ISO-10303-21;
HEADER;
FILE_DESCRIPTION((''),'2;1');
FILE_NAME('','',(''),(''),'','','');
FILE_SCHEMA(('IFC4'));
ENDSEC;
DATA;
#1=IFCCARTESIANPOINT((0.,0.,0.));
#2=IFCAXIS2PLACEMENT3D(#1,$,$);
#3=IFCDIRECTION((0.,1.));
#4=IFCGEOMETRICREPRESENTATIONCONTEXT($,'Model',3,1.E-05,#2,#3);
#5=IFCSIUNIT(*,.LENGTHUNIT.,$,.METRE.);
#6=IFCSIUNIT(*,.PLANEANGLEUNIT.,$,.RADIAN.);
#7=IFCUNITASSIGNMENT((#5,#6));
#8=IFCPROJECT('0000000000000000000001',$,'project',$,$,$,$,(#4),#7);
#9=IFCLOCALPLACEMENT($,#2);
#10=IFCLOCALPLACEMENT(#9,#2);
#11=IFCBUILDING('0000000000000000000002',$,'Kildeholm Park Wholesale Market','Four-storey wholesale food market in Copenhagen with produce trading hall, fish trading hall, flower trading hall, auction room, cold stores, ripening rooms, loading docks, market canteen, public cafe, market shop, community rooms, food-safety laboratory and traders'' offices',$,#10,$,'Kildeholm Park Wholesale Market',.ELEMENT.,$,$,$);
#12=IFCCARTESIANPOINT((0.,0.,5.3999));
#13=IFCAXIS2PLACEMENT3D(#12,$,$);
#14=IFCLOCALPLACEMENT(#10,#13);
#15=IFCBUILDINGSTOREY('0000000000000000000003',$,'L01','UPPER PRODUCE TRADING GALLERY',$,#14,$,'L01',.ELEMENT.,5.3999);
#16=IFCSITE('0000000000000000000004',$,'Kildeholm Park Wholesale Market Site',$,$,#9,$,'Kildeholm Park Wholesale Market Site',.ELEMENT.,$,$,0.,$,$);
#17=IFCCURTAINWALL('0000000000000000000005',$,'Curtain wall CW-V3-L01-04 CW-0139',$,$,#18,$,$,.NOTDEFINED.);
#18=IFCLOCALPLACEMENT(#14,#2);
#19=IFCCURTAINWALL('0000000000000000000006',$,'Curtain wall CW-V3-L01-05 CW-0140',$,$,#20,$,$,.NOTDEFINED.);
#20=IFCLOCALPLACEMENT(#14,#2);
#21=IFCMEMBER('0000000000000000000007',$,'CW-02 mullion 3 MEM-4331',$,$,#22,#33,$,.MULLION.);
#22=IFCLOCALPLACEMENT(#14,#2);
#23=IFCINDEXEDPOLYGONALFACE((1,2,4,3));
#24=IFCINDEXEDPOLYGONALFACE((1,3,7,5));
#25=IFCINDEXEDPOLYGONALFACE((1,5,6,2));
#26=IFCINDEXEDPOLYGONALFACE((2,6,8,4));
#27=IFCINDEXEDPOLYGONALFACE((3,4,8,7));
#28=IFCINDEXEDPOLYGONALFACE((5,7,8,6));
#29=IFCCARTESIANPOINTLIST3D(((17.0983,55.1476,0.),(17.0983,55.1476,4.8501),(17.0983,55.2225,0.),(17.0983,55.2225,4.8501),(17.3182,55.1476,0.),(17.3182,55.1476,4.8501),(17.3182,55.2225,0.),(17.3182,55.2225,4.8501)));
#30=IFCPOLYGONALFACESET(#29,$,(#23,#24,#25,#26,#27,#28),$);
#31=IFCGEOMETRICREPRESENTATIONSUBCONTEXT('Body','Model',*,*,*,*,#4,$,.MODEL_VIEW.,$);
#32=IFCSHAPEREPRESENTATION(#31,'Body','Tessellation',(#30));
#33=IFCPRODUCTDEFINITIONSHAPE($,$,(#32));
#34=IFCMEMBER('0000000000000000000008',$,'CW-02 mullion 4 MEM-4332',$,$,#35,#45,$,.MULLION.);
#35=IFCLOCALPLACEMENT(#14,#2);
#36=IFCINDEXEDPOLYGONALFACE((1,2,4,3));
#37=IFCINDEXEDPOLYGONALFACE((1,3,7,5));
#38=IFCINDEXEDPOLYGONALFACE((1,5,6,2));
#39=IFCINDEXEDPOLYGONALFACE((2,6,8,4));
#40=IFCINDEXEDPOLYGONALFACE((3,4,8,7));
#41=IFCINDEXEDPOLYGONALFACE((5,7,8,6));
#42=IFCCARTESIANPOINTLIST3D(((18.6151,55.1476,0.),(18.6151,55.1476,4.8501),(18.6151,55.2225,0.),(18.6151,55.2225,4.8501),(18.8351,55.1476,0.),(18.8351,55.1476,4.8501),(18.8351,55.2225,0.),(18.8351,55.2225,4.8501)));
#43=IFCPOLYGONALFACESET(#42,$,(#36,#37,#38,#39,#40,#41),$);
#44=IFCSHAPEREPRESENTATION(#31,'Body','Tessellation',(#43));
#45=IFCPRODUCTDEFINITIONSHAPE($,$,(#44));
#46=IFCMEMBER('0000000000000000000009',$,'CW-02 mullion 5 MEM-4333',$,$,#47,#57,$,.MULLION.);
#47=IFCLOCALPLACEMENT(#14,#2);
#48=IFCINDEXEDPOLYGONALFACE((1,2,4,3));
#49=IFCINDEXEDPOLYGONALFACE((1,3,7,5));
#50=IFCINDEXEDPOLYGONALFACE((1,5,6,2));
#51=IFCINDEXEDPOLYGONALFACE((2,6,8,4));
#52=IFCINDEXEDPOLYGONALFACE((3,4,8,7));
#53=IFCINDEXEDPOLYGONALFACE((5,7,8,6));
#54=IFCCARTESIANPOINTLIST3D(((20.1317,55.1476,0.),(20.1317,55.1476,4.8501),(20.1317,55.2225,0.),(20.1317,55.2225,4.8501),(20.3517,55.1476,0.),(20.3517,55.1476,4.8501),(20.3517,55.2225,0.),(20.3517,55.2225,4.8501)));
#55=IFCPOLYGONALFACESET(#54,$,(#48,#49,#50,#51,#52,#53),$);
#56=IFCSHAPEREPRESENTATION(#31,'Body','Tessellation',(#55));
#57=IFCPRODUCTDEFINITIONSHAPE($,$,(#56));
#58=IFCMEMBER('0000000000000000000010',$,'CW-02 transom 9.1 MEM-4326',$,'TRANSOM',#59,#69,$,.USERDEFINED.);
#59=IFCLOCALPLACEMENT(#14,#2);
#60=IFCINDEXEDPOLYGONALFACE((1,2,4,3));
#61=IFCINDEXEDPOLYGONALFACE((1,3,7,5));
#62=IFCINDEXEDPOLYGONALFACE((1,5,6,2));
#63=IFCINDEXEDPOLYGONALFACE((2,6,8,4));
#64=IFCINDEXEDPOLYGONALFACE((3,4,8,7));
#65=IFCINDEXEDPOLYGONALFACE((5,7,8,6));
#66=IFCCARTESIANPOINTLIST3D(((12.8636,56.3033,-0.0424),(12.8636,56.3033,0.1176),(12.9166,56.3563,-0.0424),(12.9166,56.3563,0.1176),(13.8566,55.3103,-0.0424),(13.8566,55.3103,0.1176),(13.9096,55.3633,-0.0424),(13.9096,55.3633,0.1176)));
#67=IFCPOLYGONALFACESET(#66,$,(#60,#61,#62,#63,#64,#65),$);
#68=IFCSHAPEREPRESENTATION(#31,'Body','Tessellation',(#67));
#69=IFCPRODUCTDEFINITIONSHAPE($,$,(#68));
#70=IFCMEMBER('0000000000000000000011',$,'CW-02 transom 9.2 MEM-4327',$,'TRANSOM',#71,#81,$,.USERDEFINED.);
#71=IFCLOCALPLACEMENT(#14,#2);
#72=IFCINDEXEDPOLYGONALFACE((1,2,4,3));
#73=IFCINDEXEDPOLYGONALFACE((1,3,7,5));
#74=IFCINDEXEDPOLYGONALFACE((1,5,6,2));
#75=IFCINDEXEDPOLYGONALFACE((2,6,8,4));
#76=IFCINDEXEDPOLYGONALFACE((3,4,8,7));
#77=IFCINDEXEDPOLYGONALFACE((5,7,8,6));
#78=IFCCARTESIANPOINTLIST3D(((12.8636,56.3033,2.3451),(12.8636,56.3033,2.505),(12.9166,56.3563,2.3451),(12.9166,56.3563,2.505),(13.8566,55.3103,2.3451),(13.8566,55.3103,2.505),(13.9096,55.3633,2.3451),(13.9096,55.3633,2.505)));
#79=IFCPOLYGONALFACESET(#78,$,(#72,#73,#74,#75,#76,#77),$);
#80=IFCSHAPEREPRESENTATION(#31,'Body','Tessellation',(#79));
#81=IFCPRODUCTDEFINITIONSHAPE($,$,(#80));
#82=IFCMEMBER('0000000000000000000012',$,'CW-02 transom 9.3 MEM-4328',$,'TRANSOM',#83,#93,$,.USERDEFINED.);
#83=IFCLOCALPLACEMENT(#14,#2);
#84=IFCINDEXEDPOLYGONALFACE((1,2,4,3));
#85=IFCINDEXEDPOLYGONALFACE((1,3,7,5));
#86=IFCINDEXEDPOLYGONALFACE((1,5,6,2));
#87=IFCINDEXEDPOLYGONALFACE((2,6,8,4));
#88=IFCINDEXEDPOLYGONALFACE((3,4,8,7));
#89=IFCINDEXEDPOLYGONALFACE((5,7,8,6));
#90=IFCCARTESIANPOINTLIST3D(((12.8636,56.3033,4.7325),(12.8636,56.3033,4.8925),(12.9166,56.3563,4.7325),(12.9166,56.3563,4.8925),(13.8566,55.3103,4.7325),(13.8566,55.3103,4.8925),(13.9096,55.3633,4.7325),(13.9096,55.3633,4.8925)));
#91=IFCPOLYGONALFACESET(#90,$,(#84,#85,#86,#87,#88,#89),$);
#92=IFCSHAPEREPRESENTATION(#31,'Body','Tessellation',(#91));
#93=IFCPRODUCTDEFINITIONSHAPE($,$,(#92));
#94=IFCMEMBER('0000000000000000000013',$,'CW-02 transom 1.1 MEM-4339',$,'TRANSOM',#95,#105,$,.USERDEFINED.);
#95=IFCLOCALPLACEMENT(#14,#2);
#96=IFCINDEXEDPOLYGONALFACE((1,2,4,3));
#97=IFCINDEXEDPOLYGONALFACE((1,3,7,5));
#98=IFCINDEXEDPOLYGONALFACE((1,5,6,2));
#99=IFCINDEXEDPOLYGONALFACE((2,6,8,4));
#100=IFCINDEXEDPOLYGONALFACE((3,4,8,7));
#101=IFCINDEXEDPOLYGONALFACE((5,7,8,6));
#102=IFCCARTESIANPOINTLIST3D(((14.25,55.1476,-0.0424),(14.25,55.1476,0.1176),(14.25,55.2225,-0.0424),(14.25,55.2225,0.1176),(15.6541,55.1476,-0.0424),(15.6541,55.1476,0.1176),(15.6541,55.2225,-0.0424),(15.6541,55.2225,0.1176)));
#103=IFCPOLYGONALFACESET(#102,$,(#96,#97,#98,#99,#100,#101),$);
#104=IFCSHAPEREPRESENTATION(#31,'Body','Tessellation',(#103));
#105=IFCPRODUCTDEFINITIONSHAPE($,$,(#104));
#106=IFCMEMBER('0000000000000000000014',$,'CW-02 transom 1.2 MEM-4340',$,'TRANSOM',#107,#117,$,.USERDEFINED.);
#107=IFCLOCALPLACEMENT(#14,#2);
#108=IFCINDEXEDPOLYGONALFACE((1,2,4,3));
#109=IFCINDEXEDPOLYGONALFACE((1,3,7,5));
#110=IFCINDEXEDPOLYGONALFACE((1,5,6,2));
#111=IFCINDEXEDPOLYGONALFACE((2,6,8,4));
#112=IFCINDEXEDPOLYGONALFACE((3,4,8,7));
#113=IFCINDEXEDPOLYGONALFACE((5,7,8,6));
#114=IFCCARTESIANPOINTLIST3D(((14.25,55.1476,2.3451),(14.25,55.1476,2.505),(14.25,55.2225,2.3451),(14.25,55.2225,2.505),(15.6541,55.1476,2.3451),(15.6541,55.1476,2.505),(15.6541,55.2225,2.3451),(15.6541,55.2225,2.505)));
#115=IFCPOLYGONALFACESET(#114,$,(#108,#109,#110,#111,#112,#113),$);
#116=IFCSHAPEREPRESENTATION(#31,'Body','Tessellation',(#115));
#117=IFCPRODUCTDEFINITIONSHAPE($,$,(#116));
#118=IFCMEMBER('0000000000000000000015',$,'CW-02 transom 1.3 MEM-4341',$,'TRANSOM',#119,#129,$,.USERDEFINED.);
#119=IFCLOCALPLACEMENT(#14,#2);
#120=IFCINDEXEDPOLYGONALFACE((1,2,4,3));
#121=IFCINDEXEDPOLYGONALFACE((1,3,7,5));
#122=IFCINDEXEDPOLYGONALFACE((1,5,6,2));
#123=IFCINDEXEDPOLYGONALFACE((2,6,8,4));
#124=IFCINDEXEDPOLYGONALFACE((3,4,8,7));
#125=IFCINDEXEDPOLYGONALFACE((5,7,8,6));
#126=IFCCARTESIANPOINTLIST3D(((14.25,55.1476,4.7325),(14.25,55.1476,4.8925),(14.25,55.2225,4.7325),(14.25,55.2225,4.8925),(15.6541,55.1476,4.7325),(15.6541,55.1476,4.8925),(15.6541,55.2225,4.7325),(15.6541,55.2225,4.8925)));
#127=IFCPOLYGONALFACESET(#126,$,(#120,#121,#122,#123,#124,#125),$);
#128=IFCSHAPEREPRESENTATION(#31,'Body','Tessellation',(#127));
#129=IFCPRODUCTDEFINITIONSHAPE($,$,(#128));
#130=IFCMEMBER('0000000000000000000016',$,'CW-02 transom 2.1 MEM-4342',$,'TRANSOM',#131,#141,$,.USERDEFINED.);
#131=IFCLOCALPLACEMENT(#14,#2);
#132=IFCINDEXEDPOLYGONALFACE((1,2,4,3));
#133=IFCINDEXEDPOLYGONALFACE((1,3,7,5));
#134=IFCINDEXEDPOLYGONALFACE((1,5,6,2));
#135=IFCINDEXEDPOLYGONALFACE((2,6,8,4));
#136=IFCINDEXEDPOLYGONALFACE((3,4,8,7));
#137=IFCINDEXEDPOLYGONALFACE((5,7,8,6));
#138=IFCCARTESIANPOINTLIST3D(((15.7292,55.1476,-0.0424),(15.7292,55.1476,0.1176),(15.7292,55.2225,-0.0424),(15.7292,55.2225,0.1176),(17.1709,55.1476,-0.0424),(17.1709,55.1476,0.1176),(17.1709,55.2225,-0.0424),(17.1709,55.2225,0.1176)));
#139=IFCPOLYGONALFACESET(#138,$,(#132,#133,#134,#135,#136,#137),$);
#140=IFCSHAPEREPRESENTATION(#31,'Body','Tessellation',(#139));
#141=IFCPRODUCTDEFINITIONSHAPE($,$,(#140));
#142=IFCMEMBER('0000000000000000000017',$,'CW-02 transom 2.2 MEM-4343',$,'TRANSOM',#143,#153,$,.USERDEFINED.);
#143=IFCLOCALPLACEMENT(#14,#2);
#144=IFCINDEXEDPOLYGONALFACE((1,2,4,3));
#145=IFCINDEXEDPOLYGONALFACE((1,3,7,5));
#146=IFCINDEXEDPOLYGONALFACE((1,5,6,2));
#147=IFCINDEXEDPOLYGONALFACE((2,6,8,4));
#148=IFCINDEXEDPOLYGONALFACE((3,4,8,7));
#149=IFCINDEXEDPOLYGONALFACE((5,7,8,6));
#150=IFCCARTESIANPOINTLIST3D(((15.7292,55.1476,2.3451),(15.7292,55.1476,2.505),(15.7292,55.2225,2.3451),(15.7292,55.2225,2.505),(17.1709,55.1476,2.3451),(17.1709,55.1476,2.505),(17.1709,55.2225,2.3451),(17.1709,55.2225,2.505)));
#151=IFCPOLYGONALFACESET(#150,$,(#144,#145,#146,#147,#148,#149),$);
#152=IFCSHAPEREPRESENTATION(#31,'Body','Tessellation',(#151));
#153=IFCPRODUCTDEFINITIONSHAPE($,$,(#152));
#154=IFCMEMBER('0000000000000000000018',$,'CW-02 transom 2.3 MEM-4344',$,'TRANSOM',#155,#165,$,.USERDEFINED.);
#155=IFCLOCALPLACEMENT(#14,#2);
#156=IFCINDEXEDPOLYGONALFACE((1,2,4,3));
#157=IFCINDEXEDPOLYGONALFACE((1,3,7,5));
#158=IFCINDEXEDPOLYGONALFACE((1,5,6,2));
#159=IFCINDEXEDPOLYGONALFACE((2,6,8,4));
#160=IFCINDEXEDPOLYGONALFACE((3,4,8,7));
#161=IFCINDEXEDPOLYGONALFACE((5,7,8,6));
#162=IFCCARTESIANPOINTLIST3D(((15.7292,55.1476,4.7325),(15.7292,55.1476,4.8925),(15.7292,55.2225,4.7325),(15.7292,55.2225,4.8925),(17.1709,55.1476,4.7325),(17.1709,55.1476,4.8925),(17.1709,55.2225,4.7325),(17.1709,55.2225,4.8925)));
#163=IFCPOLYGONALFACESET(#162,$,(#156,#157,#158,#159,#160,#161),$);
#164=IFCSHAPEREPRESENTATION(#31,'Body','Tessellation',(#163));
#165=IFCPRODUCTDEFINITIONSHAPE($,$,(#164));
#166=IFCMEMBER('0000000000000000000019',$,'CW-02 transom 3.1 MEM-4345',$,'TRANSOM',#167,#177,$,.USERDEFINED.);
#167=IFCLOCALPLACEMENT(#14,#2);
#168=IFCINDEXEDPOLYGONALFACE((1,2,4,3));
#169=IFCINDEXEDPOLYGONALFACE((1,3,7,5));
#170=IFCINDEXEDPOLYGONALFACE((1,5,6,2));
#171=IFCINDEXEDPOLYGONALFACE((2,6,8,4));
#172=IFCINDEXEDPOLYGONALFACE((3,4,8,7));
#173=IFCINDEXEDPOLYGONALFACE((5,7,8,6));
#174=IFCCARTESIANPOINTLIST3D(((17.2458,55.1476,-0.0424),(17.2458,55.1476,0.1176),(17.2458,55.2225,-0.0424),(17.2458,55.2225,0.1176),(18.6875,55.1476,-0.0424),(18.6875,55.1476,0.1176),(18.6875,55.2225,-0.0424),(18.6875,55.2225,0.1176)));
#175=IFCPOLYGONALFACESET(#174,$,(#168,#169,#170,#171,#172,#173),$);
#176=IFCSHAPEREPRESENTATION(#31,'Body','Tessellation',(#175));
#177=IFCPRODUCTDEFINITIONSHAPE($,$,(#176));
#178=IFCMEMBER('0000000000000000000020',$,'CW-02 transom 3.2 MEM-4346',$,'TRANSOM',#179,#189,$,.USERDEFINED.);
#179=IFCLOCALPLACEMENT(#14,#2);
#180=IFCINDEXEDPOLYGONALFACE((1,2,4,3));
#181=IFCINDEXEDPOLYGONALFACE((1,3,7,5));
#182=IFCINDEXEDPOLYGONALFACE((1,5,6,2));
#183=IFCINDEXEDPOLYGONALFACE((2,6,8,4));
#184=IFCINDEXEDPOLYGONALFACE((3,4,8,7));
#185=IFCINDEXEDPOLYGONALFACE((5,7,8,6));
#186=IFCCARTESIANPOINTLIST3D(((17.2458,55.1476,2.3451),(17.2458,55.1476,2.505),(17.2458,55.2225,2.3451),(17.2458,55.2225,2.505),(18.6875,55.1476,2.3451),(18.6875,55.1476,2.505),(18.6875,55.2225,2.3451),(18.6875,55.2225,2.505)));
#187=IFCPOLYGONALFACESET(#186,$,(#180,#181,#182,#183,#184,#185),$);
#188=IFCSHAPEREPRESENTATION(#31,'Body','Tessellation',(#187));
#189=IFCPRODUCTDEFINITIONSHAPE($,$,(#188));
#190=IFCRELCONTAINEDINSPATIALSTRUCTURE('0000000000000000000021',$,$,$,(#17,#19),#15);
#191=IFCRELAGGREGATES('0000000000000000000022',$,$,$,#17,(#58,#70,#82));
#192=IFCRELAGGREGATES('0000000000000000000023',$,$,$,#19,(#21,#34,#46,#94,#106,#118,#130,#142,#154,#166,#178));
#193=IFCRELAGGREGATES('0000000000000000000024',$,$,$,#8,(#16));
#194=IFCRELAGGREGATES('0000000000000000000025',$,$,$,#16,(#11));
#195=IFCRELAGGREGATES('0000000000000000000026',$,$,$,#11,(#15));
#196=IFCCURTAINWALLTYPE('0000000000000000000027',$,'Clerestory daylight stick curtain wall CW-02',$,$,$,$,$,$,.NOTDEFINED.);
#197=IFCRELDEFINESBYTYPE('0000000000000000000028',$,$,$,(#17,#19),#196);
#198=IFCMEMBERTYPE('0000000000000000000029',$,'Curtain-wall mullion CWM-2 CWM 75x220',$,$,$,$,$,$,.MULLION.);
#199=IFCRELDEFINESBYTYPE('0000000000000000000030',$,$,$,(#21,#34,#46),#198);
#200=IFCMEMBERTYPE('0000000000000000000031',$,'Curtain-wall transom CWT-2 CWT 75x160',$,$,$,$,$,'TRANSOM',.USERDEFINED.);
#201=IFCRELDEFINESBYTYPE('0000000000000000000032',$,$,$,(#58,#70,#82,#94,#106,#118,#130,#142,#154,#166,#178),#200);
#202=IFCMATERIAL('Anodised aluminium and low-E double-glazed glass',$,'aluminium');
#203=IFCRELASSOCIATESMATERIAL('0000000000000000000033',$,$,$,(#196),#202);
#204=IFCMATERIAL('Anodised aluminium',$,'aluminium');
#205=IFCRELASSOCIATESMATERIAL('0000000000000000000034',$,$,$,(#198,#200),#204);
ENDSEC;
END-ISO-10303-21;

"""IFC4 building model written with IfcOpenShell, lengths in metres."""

from ifc_helpers import new_model, si_unit, direction, frame, origin, origin_2d, place, context, subcontext, project, spatial, rectangle, extrude, material, material_profile, profile_set, type_object, element, aggregate, save


model = new_model("IFC4")

# Units and contexts
model_context = context("Model", 3, precision=1e-05, world=origin(), true_north=direction((0.0, 1.0)))
body_context = subcontext(model_context, "Body", "Model", "MODEL_VIEW")
ifc_project = project(units=[si_unit("LENGTHUNIT", "METRE"), si_unit("PLANEANGLEUNIT", "RADIAN")], contexts=[model_context])

# Site, building, storey
site_placement = place(None, origin())
site = spatial("IfcSite", under=ifc_project, at=site_placement, Name="Kildeholm Park Wholesale Market Site", LongName="Kildeholm Park Wholesale Market Site", CompositionType="ELEMENT", RefElevation=0.0)
building_placement = place(site_placement, origin())
building = spatial("IfcBuilding", under=site, at=building_placement, Name="Kildeholm Park Wholesale Market", Description="Four-storey wholesale food market in Copenhagen with produce trading hall, fish trading hall, flower trading hall, auction room, cold stores, ripening rooms, loading docks, market canteen, public cafe, market shop, community rooms, food-safety laboratory and traders' offices", LongName="Kildeholm Park Wholesale Market", CompositionType="ELEMENT")
storey_placement = place(building_placement, frame((0.0, 0.0, 5.3999)))
storey = spatial("IfcBuildingStorey", under=building, at=storey_placement, Name="L01", Description="UPPER PRODUCE TRADING GALLERY", LongName="L01", CompositionType="ELEMENT", Elevation=5.3999)

# Curtain walls, members
ifc_material_1 = material(Name="Anodised aluminium and low-E double-glazed glass", Category="aluminium")
curtain_wall_type = type_object("IfcCurtainWallType", Name="Clerestory daylight stick curtain wall CW-02", PredefinedType="NOTDEFINED", material=ifc_material_1)
curtain_wall_1_placement = place(storey_placement, origin())
curtain_wall_1 = element("IfcCurtainWall", 1, at=curtain_wall_1_placement, inside=storey, type_object=curtain_wall_type, Name="Curtain wall CW-V3-L01-04 CW-0139", PredefinedType="NOTDEFINED")
ifc_material_2 = material(Name="Anodised aluminium", Category="aluminium")
ifc_material_profile_1 = material_profile(ifc_material_2, rectangle(XDim=0.075, YDim=0.22, at=origin_2d()), Name="CWM 75x220")
ifc_profile_set_1 = profile_set([ifc_material_profile_1], Name="Anodised aluminium")
member_type_1 = type_object("IfcMemberType", Name="Curtain-wall mullion CWM-2 CWM 75x220", PredefinedType="MULLION", material=ifc_profile_set_1)
curtain_wall_2_placement = place(storey_placement, origin())
curtain_wall_2 = element("IfcCurtainWall", 2, at=curtain_wall_2_placement, inside=storey, type_object=curtain_wall_type, Name="Curtain wall CW-V3-L01-05 CW-0140", PredefinedType="NOTDEFINED")
member_1_placement = place(storey_placement, frame((17.2083, 55.1851, 0.0), z_axis=(0.0, 0.0, 1.0), x_axis=(0.0, 1.0, 0.0)))
member_1 = element("IfcMember", 3, at=member_1_placement, type_object=member_type_1, Name="CW-02 mullion 3 MEM-4331", PredefinedType="MULLION", context=body_context, shape_type="SweptSolid", body=[
    extrude(rectangle(XDim=0.075, YDim=0.22, at=origin_2d()), origin(), (0.0, 0.0, 1.0), 4.8501),
])
member_2_placement = place(storey_placement, frame((18.7251, 55.1851, 0.0), z_axis=(0.0, 0.0, 1.0), x_axis=(0.0, 1.0, 0.0)))
member_2 = element("IfcMember", 4, at=member_2_placement, type_object=member_type_1, Name="CW-02 mullion 4 MEM-4332", PredefinedType="MULLION", context=body_context, shape_type="SweptSolid", body=[
    extrude(rectangle(XDim=0.075, YDim=0.22, at=origin_2d()), origin(), (0.0, 0.0, 1.0), 4.8501),
])
member_3_placement = place(storey_placement, frame((20.2417, 55.1851, 0.0), z_axis=(0.0, 0.0, 1.0), x_axis=(0.0, 1.0, 0.0)))
member_3 = element("IfcMember", 5, at=member_3_placement, type_object=member_type_1, Name="CW-02 mullion 5 MEM-4333", PredefinedType="MULLION", context=body_context, shape_type="SweptSolid", body=[
    extrude(rectangle(XDim=0.075, YDim=0.22, at=origin_2d()), origin(), (0.0, 0.0, 1.0), 4.8501),
])

# Members
ifc_material_profile_2 = material_profile(ifc_material_2, rectangle(XDim=0.075, YDim=0.1599, at=origin_2d()), Name="CWT 75x160")
ifc_profile_set_2 = profile_set([ifc_material_profile_2], Name="Anodised aluminium")
member_type_2 = type_object("IfcMemberType", Name="Curtain-wall transom CWT-2 CWT 75x160", ElementType="TRANSOM", PredefinedType="USERDEFINED", material=ifc_profile_set_2)
member_4_placement = place(storey_placement, frame((12.8901, 56.3298, 0.0376), z_axis=(0.707107, -0.707107, 0.0), x_axis=(0.707107, 0.707107, 0.0)))
member_4 = element("IfcMember", 6, at=member_4_placement, type_object=member_type_2, Name="CW-02 transom 9.1 MEM-4326", ObjectType="TRANSOM", PredefinedType="USERDEFINED", context=body_context, shape_type="SweptSolid", body=[
    extrude(rectangle(XDim=0.075, YDim=0.1599, at=origin_2d()), origin(), (0.0, 0.0, 1.0), 1.4043),
])
member_5_placement = place(storey_placement, frame((12.8901, 56.3298, 2.425), z_axis=(0.707107, -0.707107, 0.0), x_axis=(0.707107, 0.707107, 0.0)))
member_5 = element("IfcMember", 7, at=member_5_placement, type_object=member_type_2, Name="CW-02 transom 9.2 MEM-4327", ObjectType="TRANSOM", PredefinedType="USERDEFINED", context=body_context, shape_type="SweptSolid", body=[
    extrude(rectangle(XDim=0.075, YDim=0.1599, at=origin_2d()), origin(), (0.0, 0.0, 1.0), 1.4043),
])
member_6_placement = place(storey_placement, frame((12.8901, 56.3298, 4.8125), z_axis=(0.707107, -0.707107, 0.0), x_axis=(0.707107, 0.707107, 0.0)))
member_6 = element("IfcMember", 8, at=member_6_placement, type_object=member_type_2, Name="CW-02 transom 9.3 MEM-4328", ObjectType="TRANSOM", PredefinedType="USERDEFINED", context=body_context, shape_type="SweptSolid", body=[
    extrude(rectangle(XDim=0.075, YDim=0.1599, at=origin_2d()), origin(), (0.0, 0.0, 1.0), 1.4043),
])
member_7_placement = place(storey_placement, frame((14.25, 55.1851, 0.0376), z_axis=(1.0, 0.0, 0.0), x_axis=(0.0, 1.0, 0.0)))
member_7 = element("IfcMember", 9, at=member_7_placement, type_object=member_type_2, Name="CW-02 transom 1.1 MEM-4339", ObjectType="TRANSOM", PredefinedType="USERDEFINED", context=body_context, shape_type="SweptSolid", body=[
    extrude(rectangle(XDim=0.075, YDim=0.1599, at=origin_2d()), origin(), (0.0, 0.0, 1.0), 1.4041),
])
member_8_placement = place(storey_placement, frame((14.25, 55.1851, 2.425), z_axis=(1.0, 0.0, 0.0), x_axis=(0.0, 1.0, 0.0)))
member_8 = element("IfcMember", 10, at=member_8_placement, type_object=member_type_2, Name="CW-02 transom 1.2 MEM-4340", ObjectType="TRANSOM", PredefinedType="USERDEFINED", context=body_context, shape_type="SweptSolid", body=[
    extrude(rectangle(XDim=0.075, YDim=0.1599, at=origin_2d()), origin(), (0.0, 0.0, 1.0), 1.4041),
])
member_9_placement = place(storey_placement, frame((14.25, 55.1851, 4.8125), z_axis=(1.0, 0.0, 0.0), x_axis=(0.0, 1.0, 0.0)))
member_9 = element("IfcMember", 11, at=member_9_placement, type_object=member_type_2, Name="CW-02 transom 1.3 MEM-4341", ObjectType="TRANSOM", PredefinedType="USERDEFINED", context=body_context, shape_type="SweptSolid", body=[
    extrude(rectangle(XDim=0.075, YDim=0.1599, at=origin_2d()), origin(), (0.0, 0.0, 1.0), 1.4041),
])
member_10_placement = place(storey_placement, frame((15.7292, 55.1851, 0.0376), z_axis=(1.0, 0.0, 0.0), x_axis=(0.0, 1.0, 0.0)))
member_10 = element("IfcMember", 12, at=member_10_placement, type_object=member_type_2, Name="CW-02 transom 2.1 MEM-4342", ObjectType="TRANSOM", PredefinedType="USERDEFINED", context=body_context, shape_type="SweptSolid", body=[
    extrude(rectangle(XDim=0.075, YDim=0.1599, at=origin_2d()), origin(), (0.0, 0.0, 1.0), 1.4417),
])
member_11_placement = place(storey_placement, frame((15.7292, 55.1851, 2.425), z_axis=(1.0, 0.0, 0.0), x_axis=(0.0, 1.0, 0.0)))
member_11 = element("IfcMember", 13, at=member_11_placement, type_object=member_type_2, Name="CW-02 transom 2.2 MEM-4343", ObjectType="TRANSOM", PredefinedType="USERDEFINED", context=body_context, shape_type="SweptSolid", body=[
    extrude(rectangle(XDim=0.075, YDim=0.1599, at=origin_2d()), origin(), (0.0, 0.0, 1.0), 1.4417),
])
member_12_placement = place(storey_placement, frame((15.7292, 55.1851, 4.8125), z_axis=(1.0, 0.0, 0.0), x_axis=(0.0, 1.0, 0.0)))
member_12 = element("IfcMember", 14, at=member_12_placement, type_object=member_type_2, Name="CW-02 transom 2.3 MEM-4344", ObjectType="TRANSOM", PredefinedType="USERDEFINED", context=body_context, shape_type="SweptSolid", body=[
    extrude(rectangle(XDim=0.075, YDim=0.1599, at=origin_2d()), origin(), (0.0, 0.0, 1.0), 1.4417),
])
member_13_placement = place(storey_placement, frame((17.2458, 55.1851, 0.0376), z_axis=(1.0, 0.0, 0.0), x_axis=(0.0, 1.0, 0.0)))
member_13 = element("IfcMember", 15, at=member_13_placement, type_object=member_type_2, Name="CW-02 transom 3.1 MEM-4345", ObjectType="TRANSOM", PredefinedType="USERDEFINED", context=body_context, shape_type="SweptSolid", body=[
    extrude(rectangle(XDim=0.075, YDim=0.1599, at=origin_2d()), origin(), (0.0, 0.0, 1.0), 1.4417),
])
member_14_placement = place(storey_placement, frame((17.2458, 55.1851, 2.425), z_axis=(1.0, 0.0, 0.0), x_axis=(0.0, 1.0, 0.0)))
member_14 = element("IfcMember", 16, at=member_14_placement, type_object=member_type_2, Name="CW-02 transom 3.2 MEM-4346", ObjectType="TRANSOM", PredefinedType="USERDEFINED", context=body_context, shape_type="SweptSolid", body=[
    extrude(rectangle(XDim=0.075, YDim=0.1599, at=origin_2d()), origin(), (0.0, 0.0, 1.0), 1.4417),
])

aggregate(curtain_wall_1, [member_4, member_5, member_6])
aggregate(curtain_wall_2, [member_1, member_2, member_3, member_7, member_8, member_9, member_10, member_11, member_12, member_13, member_14])

save(model, "model.ifc")
